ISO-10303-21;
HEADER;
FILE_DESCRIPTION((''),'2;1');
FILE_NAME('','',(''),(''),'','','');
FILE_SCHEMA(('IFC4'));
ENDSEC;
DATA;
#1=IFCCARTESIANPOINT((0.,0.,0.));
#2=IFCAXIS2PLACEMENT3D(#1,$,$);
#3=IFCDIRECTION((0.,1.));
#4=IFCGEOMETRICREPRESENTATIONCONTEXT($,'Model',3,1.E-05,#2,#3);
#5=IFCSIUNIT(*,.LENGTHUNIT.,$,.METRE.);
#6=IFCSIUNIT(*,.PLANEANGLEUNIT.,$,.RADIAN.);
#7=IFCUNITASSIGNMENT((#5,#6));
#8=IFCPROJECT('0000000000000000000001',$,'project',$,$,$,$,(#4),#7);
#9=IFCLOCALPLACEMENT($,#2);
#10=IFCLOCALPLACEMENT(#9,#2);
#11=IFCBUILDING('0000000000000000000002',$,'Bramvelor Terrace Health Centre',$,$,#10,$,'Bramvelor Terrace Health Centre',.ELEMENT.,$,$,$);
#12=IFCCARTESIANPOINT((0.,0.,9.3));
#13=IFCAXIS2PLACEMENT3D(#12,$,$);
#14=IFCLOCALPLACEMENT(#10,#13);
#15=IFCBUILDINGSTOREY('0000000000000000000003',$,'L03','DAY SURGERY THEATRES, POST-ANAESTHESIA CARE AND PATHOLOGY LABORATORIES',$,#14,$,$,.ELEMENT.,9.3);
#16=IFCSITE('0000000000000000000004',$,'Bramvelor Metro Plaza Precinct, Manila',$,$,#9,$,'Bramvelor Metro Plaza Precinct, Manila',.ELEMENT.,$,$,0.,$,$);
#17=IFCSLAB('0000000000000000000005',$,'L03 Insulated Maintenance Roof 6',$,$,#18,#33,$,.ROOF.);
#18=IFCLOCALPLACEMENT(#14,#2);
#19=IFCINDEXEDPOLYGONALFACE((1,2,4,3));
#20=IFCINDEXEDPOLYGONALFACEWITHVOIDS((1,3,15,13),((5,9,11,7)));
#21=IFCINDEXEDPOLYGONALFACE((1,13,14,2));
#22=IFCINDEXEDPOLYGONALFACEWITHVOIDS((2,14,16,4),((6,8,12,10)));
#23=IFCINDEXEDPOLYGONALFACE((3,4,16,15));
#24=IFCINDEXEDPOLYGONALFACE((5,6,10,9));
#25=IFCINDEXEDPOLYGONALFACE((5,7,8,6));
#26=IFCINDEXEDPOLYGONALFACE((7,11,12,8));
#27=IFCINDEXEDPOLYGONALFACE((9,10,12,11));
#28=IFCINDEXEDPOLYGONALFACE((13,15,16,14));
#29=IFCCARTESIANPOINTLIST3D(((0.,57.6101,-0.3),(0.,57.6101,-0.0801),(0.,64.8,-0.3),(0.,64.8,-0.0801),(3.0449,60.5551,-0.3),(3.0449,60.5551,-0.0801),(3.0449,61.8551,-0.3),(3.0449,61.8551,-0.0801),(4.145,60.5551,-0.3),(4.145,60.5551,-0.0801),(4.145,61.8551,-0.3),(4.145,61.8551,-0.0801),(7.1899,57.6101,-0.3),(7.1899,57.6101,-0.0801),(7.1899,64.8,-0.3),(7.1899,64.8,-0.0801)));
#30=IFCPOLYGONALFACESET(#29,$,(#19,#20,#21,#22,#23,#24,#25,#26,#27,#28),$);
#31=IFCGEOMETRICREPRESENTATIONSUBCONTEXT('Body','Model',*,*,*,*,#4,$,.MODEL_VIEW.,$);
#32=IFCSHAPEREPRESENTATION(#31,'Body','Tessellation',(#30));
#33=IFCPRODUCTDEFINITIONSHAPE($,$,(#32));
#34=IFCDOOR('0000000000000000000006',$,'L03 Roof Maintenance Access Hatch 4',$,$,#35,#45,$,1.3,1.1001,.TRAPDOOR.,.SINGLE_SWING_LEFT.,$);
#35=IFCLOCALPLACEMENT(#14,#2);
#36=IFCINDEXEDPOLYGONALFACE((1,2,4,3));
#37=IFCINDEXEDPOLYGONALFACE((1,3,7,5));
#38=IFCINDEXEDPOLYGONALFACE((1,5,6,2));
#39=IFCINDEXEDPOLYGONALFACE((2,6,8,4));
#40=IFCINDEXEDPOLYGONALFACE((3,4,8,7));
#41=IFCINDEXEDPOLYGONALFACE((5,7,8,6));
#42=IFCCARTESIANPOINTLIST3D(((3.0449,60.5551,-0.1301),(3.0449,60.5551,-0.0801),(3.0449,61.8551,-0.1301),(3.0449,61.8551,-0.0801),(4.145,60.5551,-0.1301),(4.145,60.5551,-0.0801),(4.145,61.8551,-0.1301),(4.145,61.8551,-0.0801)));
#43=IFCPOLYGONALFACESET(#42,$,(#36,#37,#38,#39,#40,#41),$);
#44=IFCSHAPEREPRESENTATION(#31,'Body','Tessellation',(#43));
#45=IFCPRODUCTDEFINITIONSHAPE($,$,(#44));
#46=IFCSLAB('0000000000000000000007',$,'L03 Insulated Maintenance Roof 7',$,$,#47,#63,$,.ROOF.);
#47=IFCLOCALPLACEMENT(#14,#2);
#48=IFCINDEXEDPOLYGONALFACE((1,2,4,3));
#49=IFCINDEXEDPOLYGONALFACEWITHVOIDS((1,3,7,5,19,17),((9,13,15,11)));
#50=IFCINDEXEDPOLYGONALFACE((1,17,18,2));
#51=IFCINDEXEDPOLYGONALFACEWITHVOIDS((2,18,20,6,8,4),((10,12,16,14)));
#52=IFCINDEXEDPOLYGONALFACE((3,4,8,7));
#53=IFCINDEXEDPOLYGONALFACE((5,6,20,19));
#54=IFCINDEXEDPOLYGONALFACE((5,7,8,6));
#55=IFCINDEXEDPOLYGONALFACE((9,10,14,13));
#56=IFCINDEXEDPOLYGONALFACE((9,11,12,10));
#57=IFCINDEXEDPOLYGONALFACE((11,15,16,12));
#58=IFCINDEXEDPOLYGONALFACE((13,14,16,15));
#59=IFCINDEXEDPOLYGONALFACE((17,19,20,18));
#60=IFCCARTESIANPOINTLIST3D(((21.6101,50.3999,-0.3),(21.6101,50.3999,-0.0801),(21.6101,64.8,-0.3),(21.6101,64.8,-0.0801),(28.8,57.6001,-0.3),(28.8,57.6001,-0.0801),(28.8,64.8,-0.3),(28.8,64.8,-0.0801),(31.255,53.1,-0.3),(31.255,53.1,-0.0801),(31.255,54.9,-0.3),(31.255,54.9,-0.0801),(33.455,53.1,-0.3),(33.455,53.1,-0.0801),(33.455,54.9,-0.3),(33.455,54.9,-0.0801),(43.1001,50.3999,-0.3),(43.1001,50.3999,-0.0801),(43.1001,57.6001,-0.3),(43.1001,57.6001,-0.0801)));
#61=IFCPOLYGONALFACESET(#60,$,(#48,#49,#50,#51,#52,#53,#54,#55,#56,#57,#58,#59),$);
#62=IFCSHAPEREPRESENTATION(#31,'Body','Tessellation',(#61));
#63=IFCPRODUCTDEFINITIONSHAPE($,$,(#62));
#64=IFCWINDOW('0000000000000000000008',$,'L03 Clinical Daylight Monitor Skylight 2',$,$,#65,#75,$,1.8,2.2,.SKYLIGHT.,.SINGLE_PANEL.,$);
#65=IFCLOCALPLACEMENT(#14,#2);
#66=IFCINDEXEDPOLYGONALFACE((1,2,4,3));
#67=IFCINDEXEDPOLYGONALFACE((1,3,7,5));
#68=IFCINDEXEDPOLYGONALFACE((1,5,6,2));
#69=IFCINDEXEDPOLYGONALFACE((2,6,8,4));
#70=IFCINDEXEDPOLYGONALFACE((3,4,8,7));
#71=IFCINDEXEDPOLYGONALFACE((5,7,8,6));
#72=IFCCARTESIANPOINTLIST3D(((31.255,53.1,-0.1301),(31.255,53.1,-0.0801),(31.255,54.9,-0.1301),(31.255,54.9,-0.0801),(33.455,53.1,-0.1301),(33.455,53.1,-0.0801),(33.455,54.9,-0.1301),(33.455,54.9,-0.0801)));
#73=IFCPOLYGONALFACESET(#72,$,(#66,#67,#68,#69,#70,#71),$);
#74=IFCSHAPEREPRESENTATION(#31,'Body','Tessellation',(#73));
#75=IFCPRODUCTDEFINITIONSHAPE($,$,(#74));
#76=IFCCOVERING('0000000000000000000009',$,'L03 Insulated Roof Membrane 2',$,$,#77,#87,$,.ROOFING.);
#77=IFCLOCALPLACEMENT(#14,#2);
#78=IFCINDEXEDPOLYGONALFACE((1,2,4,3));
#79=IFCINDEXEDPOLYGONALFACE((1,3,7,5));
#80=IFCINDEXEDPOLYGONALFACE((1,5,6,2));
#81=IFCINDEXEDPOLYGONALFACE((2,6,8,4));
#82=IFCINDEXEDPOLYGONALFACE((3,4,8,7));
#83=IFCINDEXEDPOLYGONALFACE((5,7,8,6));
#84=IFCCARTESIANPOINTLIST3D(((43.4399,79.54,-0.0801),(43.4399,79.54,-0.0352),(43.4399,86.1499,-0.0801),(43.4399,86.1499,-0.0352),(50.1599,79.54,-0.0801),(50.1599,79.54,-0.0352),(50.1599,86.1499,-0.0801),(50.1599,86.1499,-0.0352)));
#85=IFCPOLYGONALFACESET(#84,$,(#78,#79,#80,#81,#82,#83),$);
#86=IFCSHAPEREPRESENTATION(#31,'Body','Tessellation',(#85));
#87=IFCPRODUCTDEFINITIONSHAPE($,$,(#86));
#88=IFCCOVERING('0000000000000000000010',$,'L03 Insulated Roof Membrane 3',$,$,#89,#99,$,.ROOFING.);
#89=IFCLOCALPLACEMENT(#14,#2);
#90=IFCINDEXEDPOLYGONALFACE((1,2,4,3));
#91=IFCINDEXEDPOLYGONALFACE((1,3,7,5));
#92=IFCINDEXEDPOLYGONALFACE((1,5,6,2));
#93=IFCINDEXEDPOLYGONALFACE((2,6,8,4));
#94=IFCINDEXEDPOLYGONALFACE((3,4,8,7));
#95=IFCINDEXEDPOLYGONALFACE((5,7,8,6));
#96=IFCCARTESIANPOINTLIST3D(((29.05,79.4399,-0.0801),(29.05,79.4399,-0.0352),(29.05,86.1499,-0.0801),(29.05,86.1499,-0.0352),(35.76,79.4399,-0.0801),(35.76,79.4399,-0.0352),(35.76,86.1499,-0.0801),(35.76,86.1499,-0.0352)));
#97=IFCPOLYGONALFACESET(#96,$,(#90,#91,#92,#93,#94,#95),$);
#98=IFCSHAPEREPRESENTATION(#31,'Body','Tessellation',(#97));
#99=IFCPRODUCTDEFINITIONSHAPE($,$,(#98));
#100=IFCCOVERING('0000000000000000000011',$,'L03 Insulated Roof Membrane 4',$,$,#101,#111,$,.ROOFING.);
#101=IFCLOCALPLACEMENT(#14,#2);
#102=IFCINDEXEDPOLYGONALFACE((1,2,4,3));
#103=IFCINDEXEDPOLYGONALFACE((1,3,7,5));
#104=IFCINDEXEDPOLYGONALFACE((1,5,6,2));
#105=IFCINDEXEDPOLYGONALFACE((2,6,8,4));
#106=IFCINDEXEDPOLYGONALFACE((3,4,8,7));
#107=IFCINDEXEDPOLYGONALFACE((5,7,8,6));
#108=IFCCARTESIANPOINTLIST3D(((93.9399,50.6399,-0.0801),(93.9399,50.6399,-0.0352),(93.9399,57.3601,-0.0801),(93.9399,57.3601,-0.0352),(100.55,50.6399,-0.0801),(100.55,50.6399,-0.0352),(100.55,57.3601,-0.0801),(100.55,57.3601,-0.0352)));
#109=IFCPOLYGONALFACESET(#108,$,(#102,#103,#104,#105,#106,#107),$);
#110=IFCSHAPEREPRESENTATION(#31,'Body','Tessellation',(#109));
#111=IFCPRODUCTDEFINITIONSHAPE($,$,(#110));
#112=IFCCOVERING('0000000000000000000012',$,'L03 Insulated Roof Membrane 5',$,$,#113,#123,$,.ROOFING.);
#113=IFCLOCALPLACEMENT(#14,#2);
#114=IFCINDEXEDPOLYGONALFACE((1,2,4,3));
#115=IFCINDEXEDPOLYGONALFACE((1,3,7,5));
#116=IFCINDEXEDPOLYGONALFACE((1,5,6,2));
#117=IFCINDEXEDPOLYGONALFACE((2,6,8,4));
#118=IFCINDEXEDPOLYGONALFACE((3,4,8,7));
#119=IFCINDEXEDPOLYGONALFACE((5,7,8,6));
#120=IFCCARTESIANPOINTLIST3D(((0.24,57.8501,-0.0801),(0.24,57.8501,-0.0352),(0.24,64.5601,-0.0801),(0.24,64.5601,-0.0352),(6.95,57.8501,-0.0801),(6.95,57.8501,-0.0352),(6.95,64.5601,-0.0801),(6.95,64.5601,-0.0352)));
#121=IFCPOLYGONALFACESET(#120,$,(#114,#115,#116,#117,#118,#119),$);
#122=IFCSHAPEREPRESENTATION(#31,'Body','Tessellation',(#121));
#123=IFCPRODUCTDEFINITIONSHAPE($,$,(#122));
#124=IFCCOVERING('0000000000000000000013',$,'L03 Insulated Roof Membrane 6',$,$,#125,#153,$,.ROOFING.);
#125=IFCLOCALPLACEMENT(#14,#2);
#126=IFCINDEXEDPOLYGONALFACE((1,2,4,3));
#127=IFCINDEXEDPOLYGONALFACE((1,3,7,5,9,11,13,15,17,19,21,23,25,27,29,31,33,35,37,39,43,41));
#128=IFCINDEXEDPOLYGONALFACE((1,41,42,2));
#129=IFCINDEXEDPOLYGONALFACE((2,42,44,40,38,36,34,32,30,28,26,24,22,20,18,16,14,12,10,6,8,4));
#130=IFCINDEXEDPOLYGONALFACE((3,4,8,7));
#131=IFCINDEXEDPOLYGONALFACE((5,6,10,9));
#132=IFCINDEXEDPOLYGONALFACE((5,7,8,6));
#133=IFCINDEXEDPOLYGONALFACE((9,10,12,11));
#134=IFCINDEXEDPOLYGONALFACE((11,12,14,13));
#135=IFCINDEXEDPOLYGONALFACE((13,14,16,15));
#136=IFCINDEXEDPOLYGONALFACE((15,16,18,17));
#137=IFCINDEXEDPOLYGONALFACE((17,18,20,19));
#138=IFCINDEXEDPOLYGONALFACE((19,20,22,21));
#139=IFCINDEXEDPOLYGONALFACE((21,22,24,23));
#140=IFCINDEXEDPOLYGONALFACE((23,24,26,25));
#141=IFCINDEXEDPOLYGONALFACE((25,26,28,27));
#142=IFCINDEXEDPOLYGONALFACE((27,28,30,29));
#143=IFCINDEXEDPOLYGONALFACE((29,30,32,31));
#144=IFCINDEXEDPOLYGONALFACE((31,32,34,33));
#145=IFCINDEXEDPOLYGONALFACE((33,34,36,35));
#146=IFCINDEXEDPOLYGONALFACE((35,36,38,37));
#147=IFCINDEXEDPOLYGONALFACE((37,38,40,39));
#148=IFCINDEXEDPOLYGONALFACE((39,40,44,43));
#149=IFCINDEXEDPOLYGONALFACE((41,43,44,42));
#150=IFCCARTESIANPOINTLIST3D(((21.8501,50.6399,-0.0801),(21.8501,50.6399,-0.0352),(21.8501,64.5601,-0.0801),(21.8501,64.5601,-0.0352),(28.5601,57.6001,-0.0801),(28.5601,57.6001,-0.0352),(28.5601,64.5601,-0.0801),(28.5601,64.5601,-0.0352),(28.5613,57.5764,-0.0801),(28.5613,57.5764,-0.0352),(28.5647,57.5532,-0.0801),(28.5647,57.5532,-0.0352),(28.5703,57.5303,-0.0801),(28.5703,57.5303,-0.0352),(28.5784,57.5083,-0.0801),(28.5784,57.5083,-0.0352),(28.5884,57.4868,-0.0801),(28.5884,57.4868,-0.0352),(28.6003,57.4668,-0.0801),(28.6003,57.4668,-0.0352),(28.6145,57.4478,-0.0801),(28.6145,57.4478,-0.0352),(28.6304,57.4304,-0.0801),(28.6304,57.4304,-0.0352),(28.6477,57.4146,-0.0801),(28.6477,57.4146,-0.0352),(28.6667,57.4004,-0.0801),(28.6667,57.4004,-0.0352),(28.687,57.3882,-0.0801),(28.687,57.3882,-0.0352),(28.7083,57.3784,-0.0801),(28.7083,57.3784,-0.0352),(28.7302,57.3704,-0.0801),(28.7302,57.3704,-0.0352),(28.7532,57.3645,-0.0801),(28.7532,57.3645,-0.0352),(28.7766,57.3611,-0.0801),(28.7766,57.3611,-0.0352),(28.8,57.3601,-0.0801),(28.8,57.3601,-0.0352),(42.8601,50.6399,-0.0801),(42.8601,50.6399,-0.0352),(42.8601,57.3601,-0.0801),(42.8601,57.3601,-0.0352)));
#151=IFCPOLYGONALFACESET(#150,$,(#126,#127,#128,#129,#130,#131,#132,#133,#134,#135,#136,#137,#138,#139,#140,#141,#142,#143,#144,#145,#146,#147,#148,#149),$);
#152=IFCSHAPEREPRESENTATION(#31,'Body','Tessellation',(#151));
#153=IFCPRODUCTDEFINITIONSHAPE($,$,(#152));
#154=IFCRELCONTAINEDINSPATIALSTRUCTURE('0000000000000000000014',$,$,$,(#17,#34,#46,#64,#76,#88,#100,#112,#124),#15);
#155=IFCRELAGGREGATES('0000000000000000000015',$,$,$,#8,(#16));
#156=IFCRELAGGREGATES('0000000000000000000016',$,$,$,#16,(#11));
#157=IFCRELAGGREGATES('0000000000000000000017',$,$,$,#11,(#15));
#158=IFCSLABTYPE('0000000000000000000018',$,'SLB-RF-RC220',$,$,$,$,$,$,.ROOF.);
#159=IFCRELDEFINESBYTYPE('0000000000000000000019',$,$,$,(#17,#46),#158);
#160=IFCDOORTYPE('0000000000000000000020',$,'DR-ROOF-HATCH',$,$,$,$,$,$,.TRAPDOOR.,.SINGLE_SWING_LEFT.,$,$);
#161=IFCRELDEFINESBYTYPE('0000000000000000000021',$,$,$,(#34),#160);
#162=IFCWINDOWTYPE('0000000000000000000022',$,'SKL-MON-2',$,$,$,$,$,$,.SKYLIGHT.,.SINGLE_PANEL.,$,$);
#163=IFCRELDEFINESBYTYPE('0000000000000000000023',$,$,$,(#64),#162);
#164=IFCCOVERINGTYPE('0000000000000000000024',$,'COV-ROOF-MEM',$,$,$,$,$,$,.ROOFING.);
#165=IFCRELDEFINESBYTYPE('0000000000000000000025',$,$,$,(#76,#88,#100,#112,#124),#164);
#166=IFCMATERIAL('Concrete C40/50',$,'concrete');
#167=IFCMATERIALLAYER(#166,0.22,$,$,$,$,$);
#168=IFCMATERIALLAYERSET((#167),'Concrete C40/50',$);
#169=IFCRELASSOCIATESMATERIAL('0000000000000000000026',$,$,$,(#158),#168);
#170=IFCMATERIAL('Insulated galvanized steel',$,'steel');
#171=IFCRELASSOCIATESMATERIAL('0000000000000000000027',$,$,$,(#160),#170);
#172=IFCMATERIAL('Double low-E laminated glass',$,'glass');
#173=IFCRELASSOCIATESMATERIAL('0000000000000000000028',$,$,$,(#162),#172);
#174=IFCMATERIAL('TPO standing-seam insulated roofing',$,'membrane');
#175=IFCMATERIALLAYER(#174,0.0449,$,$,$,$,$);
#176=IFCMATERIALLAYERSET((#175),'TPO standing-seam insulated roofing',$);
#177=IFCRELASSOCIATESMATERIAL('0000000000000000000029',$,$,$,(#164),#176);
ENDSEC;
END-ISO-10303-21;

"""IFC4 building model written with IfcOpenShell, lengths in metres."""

from ifc_helpers import new_model, si_unit, direction, frame, origin, origin_2d, place, context, subcontext, project, spatial, polyline, rectangle, outline, extrude, material, layer, layer_set, type_object, element, fill, save


model = new_model("IFC4")

# Units and contexts
model_context = context("Model", 3, precision=1e-05, world=origin(), true_north=direction((0.0, 1.0)))
body_context = subcontext(model_context, "Body", "Model", "MODEL_VIEW")
ifc_project = project(units=[si_unit("LENGTHUNIT", "METRE"), si_unit("PLANEANGLEUNIT", "RADIAN")], contexts=[model_context])

# Site, building, storey
site_placement = place(None, origin())
site = spatial("IfcSite", under=ifc_project, at=site_placement, Name="Bramvelor Metro Plaza Precinct, Manila", LongName="Bramvelor Metro Plaza Precinct, Manila", CompositionType="ELEMENT", RefElevation=0.0)
building_placement = place(site_placement, origin())
building = spatial("IfcBuilding", under=site, at=building_placement, Name="Bramvelor Terrace Health Centre", LongName="Bramvelor Terrace Health Centre", CompositionType="ELEMENT")
storey_placement = place(building_placement, frame((0.0, 0.0, 9.3)))
storey = spatial("IfcBuildingStorey", under=building, at=storey_placement, Name="L03", Description="DAY SURGERY THEATRES, POST-ANAESTHESIA CARE AND PATHOLOGY LABORATORIES", CompositionType="ELEMENT", Elevation=9.3)

# Slab, opening, door
ifc_material_1 = material(Name="Concrete C40/50", Category="concrete")
ifc_layer_1 = layer(ifc_material_1, 0.22)
ifc_layer_set_1 = layer_set([ifc_layer_1], Name="Concrete C40/50")
slab_type_1 = type_object("IfcSlabType", Name="SLB-RF-RC220", PredefinedType="ROOF", material=ifc_layer_set_1)
ifc_material_2 = material(Name="Insulated galvanized steel", Category="steel")
door_type = type_object("IfcDoorType", Name="DR-ROOF-HATCH", OperationType="SINGLE_SWING_LEFT", PredefinedType="TRAPDOOR", material=ifc_material_2)
slab_1_placement = place(storey_placement, frame((0.0, 0.0, -0.3)))
slab_1 = element("IfcSlab", 1, at=slab_1_placement, inside=storey, type_object=slab_type_1, Name="L03 Insulated Maintenance Roof 6", PredefinedType="ROOF", context=body_context, shape_type="SweptSolid", body=[
    extrude(outline(polyline([(7.1899, 64.8), (7.1899, 57.6101), (0.0, 57.6101), (0.0, 64.8), (7.1899, 64.8)])), origin(), (0.0, 0.0, 1.0), 0.22),
])
opening_1_placement = place(slab_1_placement, frame((3.595, 61.2051, 0.0)))
opening_1 = element("IfcOpeningElement", 2, at=opening_1_placement, cuts=slab_1, PredefinedType="OPENING", context=body_context, shape_type="SweptSolid", body=[
    extrude(rectangle(XDim=1.1001, YDim=1.3, at=origin_2d()), origin(), (0.0, 0.0, 1.0), 0.22),
])
door_1_placement = place(opening_1_placement, frame((0.0, 0.0, 0.1699)))
door_1 = element("IfcDoor", 3, at=door_1_placement, inside=storey, type_object=door_type, Name="L03 Roof Maintenance Access Hatch 4", OperationType="SINGLE_SWING_LEFT", OverallHeight=1.3, OverallWidth=1.1001, PredefinedType="TRAPDOOR", context=body_context, shape_type="SweptSolid", body=[
    extrude(rectangle(XDim=1.1001, YDim=1.3, at=origin_2d()), origin(), (0.0, 0.0, 1.0), 0.05),
])
fill(opening_1, door_1)

# Slab, opening, window
slab_2_placement = place(storey_placement, frame((0.0, 0.0, -0.3)))
slab_2 = element("IfcSlab", 4, at=slab_2_placement, inside=storey, type_object=slab_type_1, Name="L03 Insulated Maintenance Roof 7", PredefinedType="ROOF", context=body_context, shape_type="SweptSolid", body=[
    extrude(outline(polyline([(28.8, 57.6001), (43.1001, 57.6001), (43.1001, 50.3999), (28.8, 50.3999), (21.6101, 50.3999), (21.6101, 64.8), (28.8, 64.8), (28.8, 57.6001)])), origin(), (0.0, 0.0, 1.0), 0.22),
])
opening_2_placement = place(slab_2_placement, frame((32.355, 54.0, 0.0)))
opening_2 = element("IfcOpeningElement", 5, at=opening_2_placement, cuts=slab_2, PredefinedType="OPENING", context=body_context, shape_type="SweptSolid", body=[
    extrude(rectangle(XDim=2.2, YDim=1.8, at=origin_2d()), origin(), (0.0, 0.0, 1.0), 0.22),
])
ifc_material_3 = material(Name="Double low-E laminated glass", Category="glass")
window_type = type_object("IfcWindowType", Name="SKL-MON-2", PartitioningType="SINGLE_PANEL", PredefinedType="SKYLIGHT", material=ifc_material_3)
window_placement = place(opening_2_placement, frame((0.0, 0.0, 0.1699)))
window = element("IfcWindow", 6, at=window_placement, inside=storey, type_object=window_type, Name="L03 Clinical Daylight Monitor Skylight 2", OverallHeight=1.8, OverallWidth=2.2, PartitioningType="SINGLE_PANEL", PredefinedType="SKYLIGHT", context=body_context, shape_type="SweptSolid", body=[
    extrude(rectangle(XDim=2.2, YDim=1.8, at=origin_2d()), origin(), (0.0, 0.0, 1.0), 0.05),
])
fill(opening_2, window)

# Coverings
ifc_material_4 = material(Name="TPO standing-seam insulated roofing", Category="membrane")
ifc_layer_2 = layer(ifc_material_4, 0.0449)
ifc_layer_set_2 = layer_set([ifc_layer_2], Name="TPO standing-seam insulated roofing")
covering_type = type_object("IfcCoveringType", Name="COV-ROOF-MEM", PredefinedType="ROOFING", material=ifc_layer_set_2)
covering_1_placement = place(storey_placement, frame((0.0, 0.0, -0.0801)))
element("IfcCovering", 7, at=covering_1_placement, inside=storey, type_object=covering_type, Name="L03 Insulated Roof Membrane 2", PredefinedType="ROOFING", context=body_context, shape_type="SweptSolid", body=[
    extrude(outline(polyline([(43.4399, 79.54), (43.4399, 86.1499), (50.1599, 86.1499), (50.1599, 79.54), (43.4399, 79.54)])), origin(), (0.0, 0.0, 1.0), 0.0449),
])
covering_2_placement = place(storey_placement, frame((0.0, 0.0, -0.0801)))
element("IfcCovering", 8, at=covering_2_placement, inside=storey, type_object=covering_type, Name="L03 Insulated Roof Membrane 3", PredefinedType="ROOFING", context=body_context, shape_type="SweptSolid", body=[
    extrude(outline(polyline([(29.05, 79.4399), (29.05, 86.1499), (35.76, 86.1499), (35.76, 79.4399), (29.05, 79.4399)])), origin(), (0.0, 0.0, 1.0), 0.0449),
])
covering_3_placement = place(storey_placement, frame((0.0, 0.0, -0.0801)))
element("IfcCovering", 9, at=covering_3_placement, inside=storey, type_object=covering_type, Name="L03 Insulated Roof Membrane 4", PredefinedType="ROOFING", context=body_context, shape_type="SweptSolid", body=[
    extrude(outline(polyline([(93.9399, 57.3601), (100.55, 57.3601), (100.55, 50.6399), (93.9399, 50.6399), (93.9399, 57.3601)])), origin(), (0.0, 0.0, 1.0), 0.0449),
])
covering_4_placement = place(storey_placement, frame((0.0, 0.0, -0.0801)))
element("IfcCovering", 10, at=covering_4_placement, inside=storey, type_object=covering_type, Name="L03 Insulated Roof Membrane 5", PredefinedType="ROOFING", context=body_context, shape_type="SweptSolid", body=[
    extrude(outline(polyline([(6.95, 64.5601), (6.95, 57.8501), (0.24, 57.8501), (0.24, 64.5601), (6.95, 64.5601)])), origin(), (0.0, 0.0, 1.0), 0.0449),
])
covering_5_placement = place(storey_placement, frame((0.0, 0.0, -0.0801)))
element("IfcCovering", 11, at=covering_5_placement, inside=storey, type_object=covering_type, Name="L03 Insulated Roof Membrane 6", PredefinedType="ROOFING", context=body_context, shape_type="SweptSolid", body=[
    extrude(outline(polyline([(28.5601, 57.6001), (28.5613, 57.5764), (28.5647, 57.5532), (28.5703, 57.5303), (28.5784, 57.5083), (28.5884, 57.4868), (28.6003, 57.4668), (28.6145, 57.4478), (28.6304, 57.4304), (28.6477, 57.4146), (28.6667, 57.4004), (28.687, 57.3882), (28.7083, 57.3784), (28.7302, 57.3704), (28.7532, 57.3645), (28.7766, 57.3611), (28.8, 57.3601), (42.8601, 57.3601), (42.8601, 50.6399), (21.8501, 50.6399), (21.8501, 64.5601), (28.5601, 64.5601), (28.5601, 57.6001)])), origin(), (0.0, 0.0, 1.0), 0.0449),
])

save(model, "model.ifc")
